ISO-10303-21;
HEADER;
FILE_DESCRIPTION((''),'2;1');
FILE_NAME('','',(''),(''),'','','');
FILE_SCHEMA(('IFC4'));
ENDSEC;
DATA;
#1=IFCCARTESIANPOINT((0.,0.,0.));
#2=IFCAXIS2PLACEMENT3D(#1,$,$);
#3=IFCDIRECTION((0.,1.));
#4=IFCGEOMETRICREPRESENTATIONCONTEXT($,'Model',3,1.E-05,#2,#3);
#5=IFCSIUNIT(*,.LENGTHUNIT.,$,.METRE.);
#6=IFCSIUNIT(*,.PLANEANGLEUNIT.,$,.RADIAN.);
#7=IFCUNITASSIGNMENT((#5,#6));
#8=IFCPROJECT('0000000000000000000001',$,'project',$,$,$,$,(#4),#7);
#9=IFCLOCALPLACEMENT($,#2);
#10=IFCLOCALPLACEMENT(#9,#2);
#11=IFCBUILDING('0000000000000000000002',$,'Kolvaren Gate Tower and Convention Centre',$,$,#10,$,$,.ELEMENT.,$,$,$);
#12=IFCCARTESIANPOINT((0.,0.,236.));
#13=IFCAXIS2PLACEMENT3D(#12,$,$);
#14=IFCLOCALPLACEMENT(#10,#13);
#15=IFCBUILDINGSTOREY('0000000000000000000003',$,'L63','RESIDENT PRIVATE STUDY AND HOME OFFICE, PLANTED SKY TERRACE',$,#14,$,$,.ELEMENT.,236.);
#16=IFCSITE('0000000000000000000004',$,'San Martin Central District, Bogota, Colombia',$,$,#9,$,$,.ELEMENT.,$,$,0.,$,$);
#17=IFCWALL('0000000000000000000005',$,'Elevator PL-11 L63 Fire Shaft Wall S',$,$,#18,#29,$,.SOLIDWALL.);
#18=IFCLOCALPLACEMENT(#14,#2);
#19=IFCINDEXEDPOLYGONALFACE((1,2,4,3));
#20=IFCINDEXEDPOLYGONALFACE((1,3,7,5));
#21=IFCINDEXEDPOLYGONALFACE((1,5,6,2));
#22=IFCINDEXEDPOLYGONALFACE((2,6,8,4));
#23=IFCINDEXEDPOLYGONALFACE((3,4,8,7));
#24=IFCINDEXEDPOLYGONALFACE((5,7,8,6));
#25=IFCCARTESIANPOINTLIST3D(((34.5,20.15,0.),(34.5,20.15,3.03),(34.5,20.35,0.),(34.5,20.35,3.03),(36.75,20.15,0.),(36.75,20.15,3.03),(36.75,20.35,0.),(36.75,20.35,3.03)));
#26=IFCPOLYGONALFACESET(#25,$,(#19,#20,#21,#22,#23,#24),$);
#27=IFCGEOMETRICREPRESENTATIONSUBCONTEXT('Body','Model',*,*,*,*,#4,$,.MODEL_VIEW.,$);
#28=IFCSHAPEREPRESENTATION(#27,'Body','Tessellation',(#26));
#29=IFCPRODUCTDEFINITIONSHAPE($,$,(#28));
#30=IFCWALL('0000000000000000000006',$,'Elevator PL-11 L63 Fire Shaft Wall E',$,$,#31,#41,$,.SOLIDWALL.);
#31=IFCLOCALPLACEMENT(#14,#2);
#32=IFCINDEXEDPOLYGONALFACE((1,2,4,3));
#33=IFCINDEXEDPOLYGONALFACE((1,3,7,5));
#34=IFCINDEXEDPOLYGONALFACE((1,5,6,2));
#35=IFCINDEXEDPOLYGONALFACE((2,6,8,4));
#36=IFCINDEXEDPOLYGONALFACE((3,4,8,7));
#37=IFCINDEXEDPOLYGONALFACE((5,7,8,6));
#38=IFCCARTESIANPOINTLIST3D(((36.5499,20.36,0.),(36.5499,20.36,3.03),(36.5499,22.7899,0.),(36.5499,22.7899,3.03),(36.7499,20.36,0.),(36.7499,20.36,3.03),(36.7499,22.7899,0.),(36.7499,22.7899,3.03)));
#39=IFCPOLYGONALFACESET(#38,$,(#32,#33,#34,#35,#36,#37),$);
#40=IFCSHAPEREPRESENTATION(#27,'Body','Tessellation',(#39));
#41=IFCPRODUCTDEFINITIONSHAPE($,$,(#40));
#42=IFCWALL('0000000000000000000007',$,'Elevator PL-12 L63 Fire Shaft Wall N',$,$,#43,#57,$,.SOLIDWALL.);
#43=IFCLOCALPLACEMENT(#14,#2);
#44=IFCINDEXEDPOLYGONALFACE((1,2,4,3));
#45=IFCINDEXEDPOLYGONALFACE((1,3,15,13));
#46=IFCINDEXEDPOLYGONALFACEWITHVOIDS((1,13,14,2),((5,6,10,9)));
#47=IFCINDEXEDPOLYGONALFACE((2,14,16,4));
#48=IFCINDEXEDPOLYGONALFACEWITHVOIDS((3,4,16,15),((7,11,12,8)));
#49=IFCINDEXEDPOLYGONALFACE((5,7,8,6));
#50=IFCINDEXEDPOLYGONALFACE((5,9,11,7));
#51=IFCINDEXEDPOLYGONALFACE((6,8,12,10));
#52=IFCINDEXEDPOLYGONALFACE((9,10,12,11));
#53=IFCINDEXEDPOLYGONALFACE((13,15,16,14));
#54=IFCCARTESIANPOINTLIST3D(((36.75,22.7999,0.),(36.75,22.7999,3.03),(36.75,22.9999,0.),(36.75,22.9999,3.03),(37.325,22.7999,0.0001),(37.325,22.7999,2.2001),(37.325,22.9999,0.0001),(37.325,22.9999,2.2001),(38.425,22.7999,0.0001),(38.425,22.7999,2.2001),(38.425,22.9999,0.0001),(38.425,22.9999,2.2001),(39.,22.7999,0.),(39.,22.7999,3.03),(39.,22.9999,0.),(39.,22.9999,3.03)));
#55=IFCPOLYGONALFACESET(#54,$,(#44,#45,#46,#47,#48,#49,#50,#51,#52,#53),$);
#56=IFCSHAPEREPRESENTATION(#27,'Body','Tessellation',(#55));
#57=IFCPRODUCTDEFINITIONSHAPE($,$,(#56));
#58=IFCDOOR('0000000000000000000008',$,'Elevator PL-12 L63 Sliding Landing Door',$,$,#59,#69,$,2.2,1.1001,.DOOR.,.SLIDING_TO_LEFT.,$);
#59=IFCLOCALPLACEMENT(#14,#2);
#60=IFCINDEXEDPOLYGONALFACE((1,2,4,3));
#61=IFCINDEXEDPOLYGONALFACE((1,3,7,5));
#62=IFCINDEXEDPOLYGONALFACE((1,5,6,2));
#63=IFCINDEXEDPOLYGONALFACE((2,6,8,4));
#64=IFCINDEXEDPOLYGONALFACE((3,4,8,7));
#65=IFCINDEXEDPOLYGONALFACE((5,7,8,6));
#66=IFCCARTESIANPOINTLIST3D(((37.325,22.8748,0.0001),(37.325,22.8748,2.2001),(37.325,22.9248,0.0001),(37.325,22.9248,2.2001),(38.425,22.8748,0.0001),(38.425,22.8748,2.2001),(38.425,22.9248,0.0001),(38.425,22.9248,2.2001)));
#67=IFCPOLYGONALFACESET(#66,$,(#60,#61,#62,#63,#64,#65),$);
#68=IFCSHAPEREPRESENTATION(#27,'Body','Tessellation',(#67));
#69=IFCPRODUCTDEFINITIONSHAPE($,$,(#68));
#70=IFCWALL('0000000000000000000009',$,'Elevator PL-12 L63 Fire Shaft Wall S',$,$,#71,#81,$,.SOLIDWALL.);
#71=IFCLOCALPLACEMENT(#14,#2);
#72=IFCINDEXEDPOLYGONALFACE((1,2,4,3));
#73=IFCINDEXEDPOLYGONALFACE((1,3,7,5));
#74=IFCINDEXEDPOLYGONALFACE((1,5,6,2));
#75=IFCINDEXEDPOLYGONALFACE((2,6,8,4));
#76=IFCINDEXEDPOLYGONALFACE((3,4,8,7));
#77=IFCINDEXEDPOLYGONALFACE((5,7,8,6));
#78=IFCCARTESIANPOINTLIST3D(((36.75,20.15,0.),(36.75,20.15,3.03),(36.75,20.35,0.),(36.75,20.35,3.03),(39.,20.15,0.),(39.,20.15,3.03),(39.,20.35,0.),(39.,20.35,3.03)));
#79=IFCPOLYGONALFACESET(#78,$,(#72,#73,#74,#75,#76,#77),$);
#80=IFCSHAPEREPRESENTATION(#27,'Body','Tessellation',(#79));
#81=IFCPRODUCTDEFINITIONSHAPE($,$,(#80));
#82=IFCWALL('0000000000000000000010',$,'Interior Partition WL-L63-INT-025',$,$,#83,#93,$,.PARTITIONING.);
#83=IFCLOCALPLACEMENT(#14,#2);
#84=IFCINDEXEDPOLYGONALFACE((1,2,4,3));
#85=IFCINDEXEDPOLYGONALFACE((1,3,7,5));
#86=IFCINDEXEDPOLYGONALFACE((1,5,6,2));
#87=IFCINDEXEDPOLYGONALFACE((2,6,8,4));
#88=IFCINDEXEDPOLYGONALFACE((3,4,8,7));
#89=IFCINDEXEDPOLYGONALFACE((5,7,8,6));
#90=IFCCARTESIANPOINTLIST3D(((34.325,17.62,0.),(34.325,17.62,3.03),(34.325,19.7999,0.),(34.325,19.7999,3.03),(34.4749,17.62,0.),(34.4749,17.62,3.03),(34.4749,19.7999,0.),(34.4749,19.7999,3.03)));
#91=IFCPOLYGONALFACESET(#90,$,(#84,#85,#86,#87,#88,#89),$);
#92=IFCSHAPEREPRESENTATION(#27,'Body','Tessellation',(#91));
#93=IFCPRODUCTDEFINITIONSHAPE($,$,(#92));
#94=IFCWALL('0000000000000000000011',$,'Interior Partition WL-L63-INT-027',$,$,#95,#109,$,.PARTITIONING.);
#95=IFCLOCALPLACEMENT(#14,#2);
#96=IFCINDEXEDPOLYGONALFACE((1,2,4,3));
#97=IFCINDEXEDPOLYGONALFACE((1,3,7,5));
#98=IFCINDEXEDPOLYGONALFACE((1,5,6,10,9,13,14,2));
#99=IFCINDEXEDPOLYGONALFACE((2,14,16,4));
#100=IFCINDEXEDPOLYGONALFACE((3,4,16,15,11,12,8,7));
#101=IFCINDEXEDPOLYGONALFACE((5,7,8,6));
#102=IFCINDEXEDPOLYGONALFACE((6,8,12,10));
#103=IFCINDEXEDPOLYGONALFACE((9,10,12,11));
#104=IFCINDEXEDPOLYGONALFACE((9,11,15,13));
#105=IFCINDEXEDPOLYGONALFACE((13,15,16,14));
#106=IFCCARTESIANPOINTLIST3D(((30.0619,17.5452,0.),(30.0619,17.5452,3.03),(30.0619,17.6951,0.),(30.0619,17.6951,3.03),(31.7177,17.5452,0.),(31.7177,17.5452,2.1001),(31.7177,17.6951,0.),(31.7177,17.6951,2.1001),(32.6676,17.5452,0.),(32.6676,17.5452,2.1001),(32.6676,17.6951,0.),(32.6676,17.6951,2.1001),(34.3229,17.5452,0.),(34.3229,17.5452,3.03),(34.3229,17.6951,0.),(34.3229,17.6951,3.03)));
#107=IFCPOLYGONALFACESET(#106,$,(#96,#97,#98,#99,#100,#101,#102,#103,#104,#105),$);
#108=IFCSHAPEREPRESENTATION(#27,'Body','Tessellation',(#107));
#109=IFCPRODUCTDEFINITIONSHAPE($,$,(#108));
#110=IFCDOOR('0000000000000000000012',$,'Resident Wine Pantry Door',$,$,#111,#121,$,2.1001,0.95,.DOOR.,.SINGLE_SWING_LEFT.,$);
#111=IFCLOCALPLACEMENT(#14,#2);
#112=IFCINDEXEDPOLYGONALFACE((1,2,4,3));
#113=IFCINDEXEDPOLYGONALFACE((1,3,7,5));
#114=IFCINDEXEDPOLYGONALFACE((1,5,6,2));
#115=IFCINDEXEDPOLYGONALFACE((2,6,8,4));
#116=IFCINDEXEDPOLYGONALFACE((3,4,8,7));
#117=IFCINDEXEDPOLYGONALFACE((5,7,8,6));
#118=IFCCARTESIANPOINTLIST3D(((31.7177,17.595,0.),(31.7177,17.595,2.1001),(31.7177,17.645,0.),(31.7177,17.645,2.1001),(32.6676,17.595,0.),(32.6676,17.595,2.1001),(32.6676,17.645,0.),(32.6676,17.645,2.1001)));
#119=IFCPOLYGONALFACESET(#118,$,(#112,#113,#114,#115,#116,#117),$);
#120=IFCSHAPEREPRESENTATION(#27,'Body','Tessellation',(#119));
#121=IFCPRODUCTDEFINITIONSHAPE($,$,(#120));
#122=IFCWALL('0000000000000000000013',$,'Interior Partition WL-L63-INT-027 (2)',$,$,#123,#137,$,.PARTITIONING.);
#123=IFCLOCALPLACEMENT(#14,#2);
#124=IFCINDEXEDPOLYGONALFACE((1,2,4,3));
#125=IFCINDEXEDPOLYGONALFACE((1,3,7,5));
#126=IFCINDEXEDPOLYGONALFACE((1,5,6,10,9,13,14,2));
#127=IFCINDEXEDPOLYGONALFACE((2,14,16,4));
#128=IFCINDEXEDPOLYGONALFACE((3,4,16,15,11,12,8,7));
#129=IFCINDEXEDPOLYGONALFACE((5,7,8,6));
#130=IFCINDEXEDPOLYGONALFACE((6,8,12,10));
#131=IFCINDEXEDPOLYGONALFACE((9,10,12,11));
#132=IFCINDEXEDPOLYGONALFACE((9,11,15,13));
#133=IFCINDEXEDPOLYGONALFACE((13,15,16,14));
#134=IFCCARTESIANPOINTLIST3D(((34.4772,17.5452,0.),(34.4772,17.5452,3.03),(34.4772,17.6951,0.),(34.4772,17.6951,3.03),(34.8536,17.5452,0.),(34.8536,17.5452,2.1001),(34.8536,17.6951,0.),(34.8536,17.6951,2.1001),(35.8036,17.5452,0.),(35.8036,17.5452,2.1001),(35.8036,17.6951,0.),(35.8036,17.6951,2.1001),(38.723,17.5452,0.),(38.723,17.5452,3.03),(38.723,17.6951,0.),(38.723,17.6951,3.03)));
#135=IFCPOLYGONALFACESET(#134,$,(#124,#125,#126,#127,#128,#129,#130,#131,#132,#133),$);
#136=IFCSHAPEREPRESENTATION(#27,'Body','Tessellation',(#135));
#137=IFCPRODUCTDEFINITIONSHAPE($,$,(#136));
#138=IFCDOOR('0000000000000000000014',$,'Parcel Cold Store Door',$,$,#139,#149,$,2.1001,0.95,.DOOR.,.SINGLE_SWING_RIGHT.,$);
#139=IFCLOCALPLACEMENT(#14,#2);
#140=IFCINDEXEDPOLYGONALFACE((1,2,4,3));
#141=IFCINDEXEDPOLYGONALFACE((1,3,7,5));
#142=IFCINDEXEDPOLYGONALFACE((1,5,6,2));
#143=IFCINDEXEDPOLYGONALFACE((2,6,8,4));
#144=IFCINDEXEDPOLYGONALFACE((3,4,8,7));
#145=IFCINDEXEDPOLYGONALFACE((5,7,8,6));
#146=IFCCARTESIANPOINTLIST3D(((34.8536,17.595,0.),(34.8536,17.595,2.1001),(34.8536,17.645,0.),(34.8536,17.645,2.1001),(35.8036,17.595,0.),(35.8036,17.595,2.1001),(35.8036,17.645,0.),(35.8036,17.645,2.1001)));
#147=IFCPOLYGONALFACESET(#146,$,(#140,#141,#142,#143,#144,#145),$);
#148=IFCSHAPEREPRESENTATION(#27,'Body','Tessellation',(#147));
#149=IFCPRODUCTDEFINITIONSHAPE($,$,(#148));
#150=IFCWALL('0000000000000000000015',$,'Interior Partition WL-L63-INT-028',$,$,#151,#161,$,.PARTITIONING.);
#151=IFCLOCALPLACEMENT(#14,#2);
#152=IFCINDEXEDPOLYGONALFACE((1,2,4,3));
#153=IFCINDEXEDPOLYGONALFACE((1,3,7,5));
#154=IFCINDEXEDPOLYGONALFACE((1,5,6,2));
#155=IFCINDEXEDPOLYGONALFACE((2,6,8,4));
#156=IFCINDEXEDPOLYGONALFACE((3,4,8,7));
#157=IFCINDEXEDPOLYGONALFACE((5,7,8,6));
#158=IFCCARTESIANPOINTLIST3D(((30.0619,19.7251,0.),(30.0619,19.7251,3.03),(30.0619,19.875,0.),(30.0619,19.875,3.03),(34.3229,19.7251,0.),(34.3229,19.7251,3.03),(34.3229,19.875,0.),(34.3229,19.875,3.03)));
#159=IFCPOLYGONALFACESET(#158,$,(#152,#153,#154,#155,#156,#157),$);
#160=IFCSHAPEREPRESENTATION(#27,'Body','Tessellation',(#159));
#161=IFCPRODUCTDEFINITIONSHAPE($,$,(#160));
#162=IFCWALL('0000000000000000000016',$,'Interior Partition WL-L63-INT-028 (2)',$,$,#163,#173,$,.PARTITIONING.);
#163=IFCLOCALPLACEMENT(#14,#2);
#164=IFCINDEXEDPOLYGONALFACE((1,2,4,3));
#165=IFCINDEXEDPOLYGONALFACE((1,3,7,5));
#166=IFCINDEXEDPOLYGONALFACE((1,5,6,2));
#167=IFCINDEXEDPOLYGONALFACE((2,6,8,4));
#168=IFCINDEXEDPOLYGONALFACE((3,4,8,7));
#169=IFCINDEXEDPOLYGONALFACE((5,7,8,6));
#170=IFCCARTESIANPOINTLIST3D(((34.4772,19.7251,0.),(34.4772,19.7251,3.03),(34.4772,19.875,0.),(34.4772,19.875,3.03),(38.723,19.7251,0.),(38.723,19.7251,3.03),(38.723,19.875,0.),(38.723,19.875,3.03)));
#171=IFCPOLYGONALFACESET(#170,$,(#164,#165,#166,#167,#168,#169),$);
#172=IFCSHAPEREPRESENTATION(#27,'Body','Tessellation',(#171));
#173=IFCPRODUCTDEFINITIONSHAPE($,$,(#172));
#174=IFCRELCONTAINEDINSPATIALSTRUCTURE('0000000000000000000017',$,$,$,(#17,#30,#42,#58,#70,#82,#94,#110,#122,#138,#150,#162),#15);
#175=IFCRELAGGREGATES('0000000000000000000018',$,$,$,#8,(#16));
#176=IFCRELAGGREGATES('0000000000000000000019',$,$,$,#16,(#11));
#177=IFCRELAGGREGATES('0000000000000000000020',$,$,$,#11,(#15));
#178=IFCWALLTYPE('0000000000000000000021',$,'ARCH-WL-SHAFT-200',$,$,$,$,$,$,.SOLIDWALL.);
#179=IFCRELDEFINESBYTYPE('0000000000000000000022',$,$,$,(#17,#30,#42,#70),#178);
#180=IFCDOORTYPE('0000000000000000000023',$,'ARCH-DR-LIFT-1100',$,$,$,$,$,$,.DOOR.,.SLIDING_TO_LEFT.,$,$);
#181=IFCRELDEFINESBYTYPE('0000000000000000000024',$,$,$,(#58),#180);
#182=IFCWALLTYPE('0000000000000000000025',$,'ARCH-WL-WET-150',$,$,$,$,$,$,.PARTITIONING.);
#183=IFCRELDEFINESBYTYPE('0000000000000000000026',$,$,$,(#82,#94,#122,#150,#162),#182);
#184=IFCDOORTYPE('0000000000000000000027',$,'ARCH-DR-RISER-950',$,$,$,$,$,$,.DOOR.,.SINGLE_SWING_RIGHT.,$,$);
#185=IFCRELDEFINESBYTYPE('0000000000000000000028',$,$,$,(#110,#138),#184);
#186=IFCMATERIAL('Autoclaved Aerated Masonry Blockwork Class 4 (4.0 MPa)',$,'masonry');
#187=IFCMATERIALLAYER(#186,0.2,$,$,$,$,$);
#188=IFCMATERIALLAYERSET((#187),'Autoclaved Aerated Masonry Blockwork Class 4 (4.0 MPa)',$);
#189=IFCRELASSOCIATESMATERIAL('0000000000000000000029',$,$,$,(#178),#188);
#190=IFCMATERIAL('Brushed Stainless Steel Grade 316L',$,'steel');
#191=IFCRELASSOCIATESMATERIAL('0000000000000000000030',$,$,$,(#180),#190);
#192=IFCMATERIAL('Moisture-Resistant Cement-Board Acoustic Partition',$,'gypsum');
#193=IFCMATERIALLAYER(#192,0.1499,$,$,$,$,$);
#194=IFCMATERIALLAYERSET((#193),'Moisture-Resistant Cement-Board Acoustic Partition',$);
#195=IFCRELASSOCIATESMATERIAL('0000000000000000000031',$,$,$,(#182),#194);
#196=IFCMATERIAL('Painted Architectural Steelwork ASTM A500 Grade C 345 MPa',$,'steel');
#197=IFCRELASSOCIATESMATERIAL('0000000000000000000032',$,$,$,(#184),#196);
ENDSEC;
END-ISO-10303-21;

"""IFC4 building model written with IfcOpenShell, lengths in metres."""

from ifc_helpers import new_model, si_unit, direction, frame, frame_2d, origin, place, context, subcontext, project, spatial, rectangle, extrude, material, layer, layer_set, type_object, element, fill, save


model = new_model("IFC4")

# Units and contexts
model_context = context("Model", 3, precision=1e-05, world=origin(), true_north=direction((0.0, 1.0)))
body_context = subcontext(model_context, "Body", "Model", "MODEL_VIEW")
ifc_project = project(units=[si_unit("LENGTHUNIT", "METRE"), si_unit("PLANEANGLEUNIT", "RADIAN")], contexts=[model_context])

# Site, building, storey
site_placement = place(None, origin())
site = spatial("IfcSite", under=ifc_project, at=site_placement, Name="San Martin Central District, Bogota, Colombia", CompositionType="ELEMENT", RefElevation=0.0)
building_placement = place(site_placement, origin())
building = spatial("IfcBuilding", under=site, at=building_placement, Name="Kolvaren Gate Tower and Convention Centre", CompositionType="ELEMENT")
storey_placement = place(building_placement, frame((0.0, 0.0, 236.0)))
storey = spatial("IfcBuildingStorey", under=building, at=storey_placement, Name="L63", Description="RESIDENT PRIVATE STUDY AND HOME OFFICE, PLANTED SKY TERRACE", CompositionType="ELEMENT", Elevation=236.0)

# Shared definitions
ifc_material_1 = material(Name="Autoclaved Aerated Masonry Blockwork Class 4 (4.0 MPa)", Category="masonry")
ifc_layer_1 = layer(ifc_material_1, 0.2)
ifc_layer_set_1 = layer_set([ifc_layer_1], Name="Autoclaved Aerated Masonry Blockwork Class 4 (4.0 MPa)")
wall_type_1 = type_object("IfcWallType", Name="ARCH-WL-SHAFT-200", PredefinedType="SOLIDWALL", material=ifc_layer_set_1)

# Shared definitions
ifc_material_2 = material(Name="Brushed Stainless Steel Grade 316L", Category="steel")
door_type_1 = type_object("IfcDoorType", Name="ARCH-DR-LIFT-1100", OperationType="SLIDING_TO_LEFT", PredefinedType="DOOR", material=ifc_material_2)

# Walls
wall_1_placement = place(storey_placement, frame((34.5, 20.25, 0.0), z_axis=(0.0, 0.0, 1.0), x_axis=(1.0, 0.0, 0.0)))
element("IfcWall", 1, at=wall_1_placement, inside=storey, type_object=wall_type_1, Name="Elevator PL-11 L63 Fire Shaft Wall S", PredefinedType="SOLIDWALL", context=body_context, shape_type="SweptSolid", body=[
    extrude(rectangle(XDim=2.25, YDim=0.2, at=frame_2d((1.125, 0.0))), origin(), (0.0, 0.0, 1.0), 3.03),
])
wall_2_placement = place(storey_placement, frame((36.6499, 20.3601, 0.0), z_axis=(0.0, 0.0, 1.0), x_axis=(0.0, 1.0, 0.0)))
element("IfcWall", 2, at=wall_2_placement, inside=storey, type_object=wall_type_1, Name="Elevator PL-11 L63 Fire Shaft Wall E", PredefinedType="SOLIDWALL", context=body_context, shape_type="SweptSolid", body=[
    extrude(rectangle(XDim=2.4299, YDim=0.2, at=frame_2d((1.2148, 0.0))), origin(), (0.0, 0.0, 1.0), 3.03),
])

# Wall, opening, door
wall_3_placement = place(storey_placement, frame((36.75, 22.8999, 0.0), z_axis=(0.0, 0.0, 1.0), x_axis=(1.0, 0.0, 0.0)))
wall_3 = element("IfcWall", 3, at=wall_3_placement, inside=storey, type_object=wall_type_1, Name="Elevator PL-12 L63 Fire Shaft Wall N", PredefinedType="SOLIDWALL", context=body_context, shape_type="SweptSolid", body=[
    extrude(rectangle(XDim=2.25, YDim=0.2, at=frame_2d((1.125, 0.0))), origin(), (0.0, 0.0, 1.0), 3.03),
])
opening_1_placement = place(wall_3_placement, frame((0.575, 0.0, 0.0)))
opening_1 = element("IfcOpeningElement", 4, at=opening_1_placement, cuts=wall_3, PredefinedType="OPENING", context=body_context, shape_type="SweptSolid", body=[
    extrude(rectangle(XDim=1.1001, YDim=2.2, at=frame_2d((0.55, 1.1001))), frame((0.0, 0.1099, 0.0), z_axis=(0.0, -1.0, 0.0), x_axis=(1.0, 0.0, 0.0)), (0.0, 0.0, 1.0), 0.22),
])
door_1_placement = place(opening_1_placement, origin())
door_1 = element("IfcDoor", 5, at=door_1_placement, inside=storey, type_object=door_type_1, Name="Elevator PL-12 L63 Sliding Landing Door", OperationType="SLIDING_TO_LEFT", OverallHeight=2.2, OverallWidth=1.1001, PredefinedType="DOOR", context=body_context, shape_type="SweptSolid", body=[
    extrude(rectangle(XDim=1.1001, YDim=2.2, at=frame_2d((0.55, 1.1001))), frame((0.0, 0.0249, 0.0), z_axis=(0.0, -1.0, 0.0), x_axis=(1.0, 0.0, 0.0)), (0.0, 0.0, 1.0), 0.05),
])
fill(opening_1, door_1)

# Walls
wall_4_placement = place(storey_placement, frame((36.75, 20.25, 0.0), z_axis=(0.0, 0.0, 1.0), x_axis=(1.0, 0.0, 0.0)))
element("IfcWall", 6, at=wall_4_placement, inside=storey, type_object=wall_type_1, Name="Elevator PL-12 L63 Fire Shaft Wall S", PredefinedType="SOLIDWALL", context=body_context, shape_type="SweptSolid", body=[
    extrude(rectangle(XDim=2.25, YDim=0.2, at=frame_2d((1.125, 0.0))), origin(), (0.0, 0.0, 1.0), 3.03),
])
ifc_material_3 = material(Name="Moisture-Resistant Cement-Board Acoustic Partition", Category="gypsum")
ifc_layer_2 = layer(ifc_material_3, 0.1499)
ifc_layer_set_2 = layer_set([ifc_layer_2], Name="Moisture-Resistant Cement-Board Acoustic Partition")
wall_type_2 = type_object("IfcWallType", Name="ARCH-WL-WET-150", PredefinedType="PARTITIONING", material=ifc_layer_set_2)
wall_5_placement = place(storey_placement, frame((34.3999, 17.6201, 0.0), z_axis=(0.0, 0.0, 1.0), x_axis=(0.0, 1.0, 0.0)))
element("IfcWall", 7, at=wall_5_placement, inside=storey, type_object=wall_type_2, Name="Interior Partition WL-L63-INT-025", PredefinedType="PARTITIONING", context=body_context, shape_type="SweptSolid", body=[
    extrude(rectangle(XDim=2.1799, YDim=0.1499, at=frame_2d((1.0898, 0.0))), origin(), (0.0, 0.0, 1.0), 3.03),
])

# Walls, openings, doors
wall_6_placement = place(storey_placement, frame((30.062, 17.6201, 0.0), z_axis=(0.0, 0.0, 1.0), x_axis=(1.0, 0.0, 0.0)))
wall_6 = element("IfcWall", 8, at=wall_6_placement, inside=storey, type_object=wall_type_2, Name="Interior Partition WL-L63-INT-027", PredefinedType="PARTITIONING", context=body_context, shape_type="SweptSolid", body=[
    extrude(rectangle(XDim=4.261, YDim=0.1499, at=frame_2d((2.1304, 0.0))), origin(), (0.0, 0.0, 1.0), 3.03),
])
opening_2_placement = place(wall_6_placement, frame((1.6555, 0.0, 0.0)))
opening_2 = element("IfcOpeningElement", 9, at=opening_2_placement, cuts=wall_6, PredefinedType="OPENING", context=body_context, shape_type="SweptSolid", body=[
    extrude(rectangle(XDim=0.95, YDim=2.1001, at=frame_2d((0.4751, 1.05))), frame((0.0, 0.085, 0.0), z_axis=(0.0, -1.0, 0.0), x_axis=(1.0, 0.0, 0.0)), (0.0, 0.0, 1.0), 0.1699),
])
ifc_material_4 = material(Name="Painted Architectural Steelwork ASTM A500 Grade C 345 MPa", Category="steel")
door_type_2 = type_object("IfcDoorType", Name="ARCH-DR-RISER-950", OperationType="SINGLE_SWING_RIGHT", PredefinedType="DOOR", material=ifc_material_4)
door_2_placement = place(opening_2_placement, origin())
door_2 = element("IfcDoor", 10, at=door_2_placement, inside=storey, type_object=door_type_2, Name="Resident Wine Pantry Door", OperationType="SINGLE_SWING_LEFT", OverallHeight=2.1001, OverallWidth=0.95, PredefinedType="DOOR", context=body_context, shape_type="SweptSolid", body=[
    extrude(rectangle(XDim=0.95, YDim=2.1001, at=frame_2d((0.4751, 1.05))), frame((0.0, 0.0249, 0.0), z_axis=(0.0, -1.0, 0.0), x_axis=(1.0, 0.0, 0.0)), (0.0, 0.0, 1.0), 0.05),
])
fill(opening_2, door_2)
wall_7_placement = place(storey_placement, frame((34.4771, 17.6201, 0.0), z_axis=(0.0, 0.0, 1.0), x_axis=(1.0, 0.0, 0.0)))
wall_7 = element("IfcWall", 11, at=wall_7_placement, inside=storey, type_object=wall_type_2, Name="Interior Partition WL-L63-INT-027 (2)", PredefinedType="PARTITIONING", context=body_context, shape_type="SweptSolid", body=[
    extrude(rectangle(XDim=4.2458, YDim=0.1499, at=frame_2d((2.123, 0.0))), origin(), (0.0, 0.0, 1.0), 3.03),
])
opening_3_placement = place(wall_7_placement, frame((0.3765, 0.0, 0.0)))
opening_3 = element("IfcOpeningElement", 12, at=opening_3_placement, cuts=wall_7, PredefinedType="OPENING", context=body_context, shape_type="SweptSolid", body=[
    extrude(rectangle(XDim=0.95, YDim=2.1001, at=frame_2d((0.4751, 1.05))), frame((0.0, 0.085, 0.0), z_axis=(0.0, -1.0, 0.0), x_axis=(1.0, 0.0, 0.0)), (0.0, 0.0, 1.0), 0.1699),
])
door_3_placement = place(opening_3_placement, origin())
door_3 = element("IfcDoor", 13, at=door_3_placement, inside=storey, type_object=door_type_2, Name="Parcel Cold Store Door", OperationType="SINGLE_SWING_RIGHT", OverallHeight=2.1001, OverallWidth=0.95, PredefinedType="DOOR", context=body_context, shape_type="SweptSolid", body=[
    extrude(rectangle(XDim=0.95, YDim=2.1001, at=frame_2d((0.4751, 1.05))), frame((0.0, 0.0249, 0.0), z_axis=(0.0, -1.0, 0.0), x_axis=(1.0, 0.0, 0.0)), (0.0, 0.0, 1.0), 0.05),
])
fill(opening_3, door_3)

# Walls
wall_8_placement = place(storey_placement, frame((30.062, 19.8, 0.0), z_axis=(0.0, 0.0, 1.0), x_axis=(1.0, 0.0, 0.0)))
element("IfcWall", 14, at=wall_8_placement, inside=storey, type_object=wall_type_2, Name="Interior Partition WL-L63-INT-028", PredefinedType="PARTITIONING", context=body_context, shape_type="SweptSolid", body=[
    extrude(rectangle(XDim=4.261, YDim=0.1499, at=frame_2d((2.1304, 0.0))), origin(), (0.0, 0.0, 1.0), 3.03),
])
wall_9_placement = place(storey_placement, frame((34.4771, 19.8, 0.0), z_axis=(0.0, 0.0, 1.0), x_axis=(1.0, 0.0, 0.0)))
element("IfcWall", 15, at=wall_9_placement, inside=storey, type_object=wall_type_2, Name="Interior Partition WL-L63-INT-028 (2)", PredefinedType="PARTITIONING", context=body_context, shape_type="SweptSolid", body=[
    extrude(rectangle(XDim=4.2458, YDim=0.1499, at=frame_2d((2.123, 0.0))), origin(), (0.0, 0.0, 1.0), 3.03),
])

save(model, "model.ifc")
